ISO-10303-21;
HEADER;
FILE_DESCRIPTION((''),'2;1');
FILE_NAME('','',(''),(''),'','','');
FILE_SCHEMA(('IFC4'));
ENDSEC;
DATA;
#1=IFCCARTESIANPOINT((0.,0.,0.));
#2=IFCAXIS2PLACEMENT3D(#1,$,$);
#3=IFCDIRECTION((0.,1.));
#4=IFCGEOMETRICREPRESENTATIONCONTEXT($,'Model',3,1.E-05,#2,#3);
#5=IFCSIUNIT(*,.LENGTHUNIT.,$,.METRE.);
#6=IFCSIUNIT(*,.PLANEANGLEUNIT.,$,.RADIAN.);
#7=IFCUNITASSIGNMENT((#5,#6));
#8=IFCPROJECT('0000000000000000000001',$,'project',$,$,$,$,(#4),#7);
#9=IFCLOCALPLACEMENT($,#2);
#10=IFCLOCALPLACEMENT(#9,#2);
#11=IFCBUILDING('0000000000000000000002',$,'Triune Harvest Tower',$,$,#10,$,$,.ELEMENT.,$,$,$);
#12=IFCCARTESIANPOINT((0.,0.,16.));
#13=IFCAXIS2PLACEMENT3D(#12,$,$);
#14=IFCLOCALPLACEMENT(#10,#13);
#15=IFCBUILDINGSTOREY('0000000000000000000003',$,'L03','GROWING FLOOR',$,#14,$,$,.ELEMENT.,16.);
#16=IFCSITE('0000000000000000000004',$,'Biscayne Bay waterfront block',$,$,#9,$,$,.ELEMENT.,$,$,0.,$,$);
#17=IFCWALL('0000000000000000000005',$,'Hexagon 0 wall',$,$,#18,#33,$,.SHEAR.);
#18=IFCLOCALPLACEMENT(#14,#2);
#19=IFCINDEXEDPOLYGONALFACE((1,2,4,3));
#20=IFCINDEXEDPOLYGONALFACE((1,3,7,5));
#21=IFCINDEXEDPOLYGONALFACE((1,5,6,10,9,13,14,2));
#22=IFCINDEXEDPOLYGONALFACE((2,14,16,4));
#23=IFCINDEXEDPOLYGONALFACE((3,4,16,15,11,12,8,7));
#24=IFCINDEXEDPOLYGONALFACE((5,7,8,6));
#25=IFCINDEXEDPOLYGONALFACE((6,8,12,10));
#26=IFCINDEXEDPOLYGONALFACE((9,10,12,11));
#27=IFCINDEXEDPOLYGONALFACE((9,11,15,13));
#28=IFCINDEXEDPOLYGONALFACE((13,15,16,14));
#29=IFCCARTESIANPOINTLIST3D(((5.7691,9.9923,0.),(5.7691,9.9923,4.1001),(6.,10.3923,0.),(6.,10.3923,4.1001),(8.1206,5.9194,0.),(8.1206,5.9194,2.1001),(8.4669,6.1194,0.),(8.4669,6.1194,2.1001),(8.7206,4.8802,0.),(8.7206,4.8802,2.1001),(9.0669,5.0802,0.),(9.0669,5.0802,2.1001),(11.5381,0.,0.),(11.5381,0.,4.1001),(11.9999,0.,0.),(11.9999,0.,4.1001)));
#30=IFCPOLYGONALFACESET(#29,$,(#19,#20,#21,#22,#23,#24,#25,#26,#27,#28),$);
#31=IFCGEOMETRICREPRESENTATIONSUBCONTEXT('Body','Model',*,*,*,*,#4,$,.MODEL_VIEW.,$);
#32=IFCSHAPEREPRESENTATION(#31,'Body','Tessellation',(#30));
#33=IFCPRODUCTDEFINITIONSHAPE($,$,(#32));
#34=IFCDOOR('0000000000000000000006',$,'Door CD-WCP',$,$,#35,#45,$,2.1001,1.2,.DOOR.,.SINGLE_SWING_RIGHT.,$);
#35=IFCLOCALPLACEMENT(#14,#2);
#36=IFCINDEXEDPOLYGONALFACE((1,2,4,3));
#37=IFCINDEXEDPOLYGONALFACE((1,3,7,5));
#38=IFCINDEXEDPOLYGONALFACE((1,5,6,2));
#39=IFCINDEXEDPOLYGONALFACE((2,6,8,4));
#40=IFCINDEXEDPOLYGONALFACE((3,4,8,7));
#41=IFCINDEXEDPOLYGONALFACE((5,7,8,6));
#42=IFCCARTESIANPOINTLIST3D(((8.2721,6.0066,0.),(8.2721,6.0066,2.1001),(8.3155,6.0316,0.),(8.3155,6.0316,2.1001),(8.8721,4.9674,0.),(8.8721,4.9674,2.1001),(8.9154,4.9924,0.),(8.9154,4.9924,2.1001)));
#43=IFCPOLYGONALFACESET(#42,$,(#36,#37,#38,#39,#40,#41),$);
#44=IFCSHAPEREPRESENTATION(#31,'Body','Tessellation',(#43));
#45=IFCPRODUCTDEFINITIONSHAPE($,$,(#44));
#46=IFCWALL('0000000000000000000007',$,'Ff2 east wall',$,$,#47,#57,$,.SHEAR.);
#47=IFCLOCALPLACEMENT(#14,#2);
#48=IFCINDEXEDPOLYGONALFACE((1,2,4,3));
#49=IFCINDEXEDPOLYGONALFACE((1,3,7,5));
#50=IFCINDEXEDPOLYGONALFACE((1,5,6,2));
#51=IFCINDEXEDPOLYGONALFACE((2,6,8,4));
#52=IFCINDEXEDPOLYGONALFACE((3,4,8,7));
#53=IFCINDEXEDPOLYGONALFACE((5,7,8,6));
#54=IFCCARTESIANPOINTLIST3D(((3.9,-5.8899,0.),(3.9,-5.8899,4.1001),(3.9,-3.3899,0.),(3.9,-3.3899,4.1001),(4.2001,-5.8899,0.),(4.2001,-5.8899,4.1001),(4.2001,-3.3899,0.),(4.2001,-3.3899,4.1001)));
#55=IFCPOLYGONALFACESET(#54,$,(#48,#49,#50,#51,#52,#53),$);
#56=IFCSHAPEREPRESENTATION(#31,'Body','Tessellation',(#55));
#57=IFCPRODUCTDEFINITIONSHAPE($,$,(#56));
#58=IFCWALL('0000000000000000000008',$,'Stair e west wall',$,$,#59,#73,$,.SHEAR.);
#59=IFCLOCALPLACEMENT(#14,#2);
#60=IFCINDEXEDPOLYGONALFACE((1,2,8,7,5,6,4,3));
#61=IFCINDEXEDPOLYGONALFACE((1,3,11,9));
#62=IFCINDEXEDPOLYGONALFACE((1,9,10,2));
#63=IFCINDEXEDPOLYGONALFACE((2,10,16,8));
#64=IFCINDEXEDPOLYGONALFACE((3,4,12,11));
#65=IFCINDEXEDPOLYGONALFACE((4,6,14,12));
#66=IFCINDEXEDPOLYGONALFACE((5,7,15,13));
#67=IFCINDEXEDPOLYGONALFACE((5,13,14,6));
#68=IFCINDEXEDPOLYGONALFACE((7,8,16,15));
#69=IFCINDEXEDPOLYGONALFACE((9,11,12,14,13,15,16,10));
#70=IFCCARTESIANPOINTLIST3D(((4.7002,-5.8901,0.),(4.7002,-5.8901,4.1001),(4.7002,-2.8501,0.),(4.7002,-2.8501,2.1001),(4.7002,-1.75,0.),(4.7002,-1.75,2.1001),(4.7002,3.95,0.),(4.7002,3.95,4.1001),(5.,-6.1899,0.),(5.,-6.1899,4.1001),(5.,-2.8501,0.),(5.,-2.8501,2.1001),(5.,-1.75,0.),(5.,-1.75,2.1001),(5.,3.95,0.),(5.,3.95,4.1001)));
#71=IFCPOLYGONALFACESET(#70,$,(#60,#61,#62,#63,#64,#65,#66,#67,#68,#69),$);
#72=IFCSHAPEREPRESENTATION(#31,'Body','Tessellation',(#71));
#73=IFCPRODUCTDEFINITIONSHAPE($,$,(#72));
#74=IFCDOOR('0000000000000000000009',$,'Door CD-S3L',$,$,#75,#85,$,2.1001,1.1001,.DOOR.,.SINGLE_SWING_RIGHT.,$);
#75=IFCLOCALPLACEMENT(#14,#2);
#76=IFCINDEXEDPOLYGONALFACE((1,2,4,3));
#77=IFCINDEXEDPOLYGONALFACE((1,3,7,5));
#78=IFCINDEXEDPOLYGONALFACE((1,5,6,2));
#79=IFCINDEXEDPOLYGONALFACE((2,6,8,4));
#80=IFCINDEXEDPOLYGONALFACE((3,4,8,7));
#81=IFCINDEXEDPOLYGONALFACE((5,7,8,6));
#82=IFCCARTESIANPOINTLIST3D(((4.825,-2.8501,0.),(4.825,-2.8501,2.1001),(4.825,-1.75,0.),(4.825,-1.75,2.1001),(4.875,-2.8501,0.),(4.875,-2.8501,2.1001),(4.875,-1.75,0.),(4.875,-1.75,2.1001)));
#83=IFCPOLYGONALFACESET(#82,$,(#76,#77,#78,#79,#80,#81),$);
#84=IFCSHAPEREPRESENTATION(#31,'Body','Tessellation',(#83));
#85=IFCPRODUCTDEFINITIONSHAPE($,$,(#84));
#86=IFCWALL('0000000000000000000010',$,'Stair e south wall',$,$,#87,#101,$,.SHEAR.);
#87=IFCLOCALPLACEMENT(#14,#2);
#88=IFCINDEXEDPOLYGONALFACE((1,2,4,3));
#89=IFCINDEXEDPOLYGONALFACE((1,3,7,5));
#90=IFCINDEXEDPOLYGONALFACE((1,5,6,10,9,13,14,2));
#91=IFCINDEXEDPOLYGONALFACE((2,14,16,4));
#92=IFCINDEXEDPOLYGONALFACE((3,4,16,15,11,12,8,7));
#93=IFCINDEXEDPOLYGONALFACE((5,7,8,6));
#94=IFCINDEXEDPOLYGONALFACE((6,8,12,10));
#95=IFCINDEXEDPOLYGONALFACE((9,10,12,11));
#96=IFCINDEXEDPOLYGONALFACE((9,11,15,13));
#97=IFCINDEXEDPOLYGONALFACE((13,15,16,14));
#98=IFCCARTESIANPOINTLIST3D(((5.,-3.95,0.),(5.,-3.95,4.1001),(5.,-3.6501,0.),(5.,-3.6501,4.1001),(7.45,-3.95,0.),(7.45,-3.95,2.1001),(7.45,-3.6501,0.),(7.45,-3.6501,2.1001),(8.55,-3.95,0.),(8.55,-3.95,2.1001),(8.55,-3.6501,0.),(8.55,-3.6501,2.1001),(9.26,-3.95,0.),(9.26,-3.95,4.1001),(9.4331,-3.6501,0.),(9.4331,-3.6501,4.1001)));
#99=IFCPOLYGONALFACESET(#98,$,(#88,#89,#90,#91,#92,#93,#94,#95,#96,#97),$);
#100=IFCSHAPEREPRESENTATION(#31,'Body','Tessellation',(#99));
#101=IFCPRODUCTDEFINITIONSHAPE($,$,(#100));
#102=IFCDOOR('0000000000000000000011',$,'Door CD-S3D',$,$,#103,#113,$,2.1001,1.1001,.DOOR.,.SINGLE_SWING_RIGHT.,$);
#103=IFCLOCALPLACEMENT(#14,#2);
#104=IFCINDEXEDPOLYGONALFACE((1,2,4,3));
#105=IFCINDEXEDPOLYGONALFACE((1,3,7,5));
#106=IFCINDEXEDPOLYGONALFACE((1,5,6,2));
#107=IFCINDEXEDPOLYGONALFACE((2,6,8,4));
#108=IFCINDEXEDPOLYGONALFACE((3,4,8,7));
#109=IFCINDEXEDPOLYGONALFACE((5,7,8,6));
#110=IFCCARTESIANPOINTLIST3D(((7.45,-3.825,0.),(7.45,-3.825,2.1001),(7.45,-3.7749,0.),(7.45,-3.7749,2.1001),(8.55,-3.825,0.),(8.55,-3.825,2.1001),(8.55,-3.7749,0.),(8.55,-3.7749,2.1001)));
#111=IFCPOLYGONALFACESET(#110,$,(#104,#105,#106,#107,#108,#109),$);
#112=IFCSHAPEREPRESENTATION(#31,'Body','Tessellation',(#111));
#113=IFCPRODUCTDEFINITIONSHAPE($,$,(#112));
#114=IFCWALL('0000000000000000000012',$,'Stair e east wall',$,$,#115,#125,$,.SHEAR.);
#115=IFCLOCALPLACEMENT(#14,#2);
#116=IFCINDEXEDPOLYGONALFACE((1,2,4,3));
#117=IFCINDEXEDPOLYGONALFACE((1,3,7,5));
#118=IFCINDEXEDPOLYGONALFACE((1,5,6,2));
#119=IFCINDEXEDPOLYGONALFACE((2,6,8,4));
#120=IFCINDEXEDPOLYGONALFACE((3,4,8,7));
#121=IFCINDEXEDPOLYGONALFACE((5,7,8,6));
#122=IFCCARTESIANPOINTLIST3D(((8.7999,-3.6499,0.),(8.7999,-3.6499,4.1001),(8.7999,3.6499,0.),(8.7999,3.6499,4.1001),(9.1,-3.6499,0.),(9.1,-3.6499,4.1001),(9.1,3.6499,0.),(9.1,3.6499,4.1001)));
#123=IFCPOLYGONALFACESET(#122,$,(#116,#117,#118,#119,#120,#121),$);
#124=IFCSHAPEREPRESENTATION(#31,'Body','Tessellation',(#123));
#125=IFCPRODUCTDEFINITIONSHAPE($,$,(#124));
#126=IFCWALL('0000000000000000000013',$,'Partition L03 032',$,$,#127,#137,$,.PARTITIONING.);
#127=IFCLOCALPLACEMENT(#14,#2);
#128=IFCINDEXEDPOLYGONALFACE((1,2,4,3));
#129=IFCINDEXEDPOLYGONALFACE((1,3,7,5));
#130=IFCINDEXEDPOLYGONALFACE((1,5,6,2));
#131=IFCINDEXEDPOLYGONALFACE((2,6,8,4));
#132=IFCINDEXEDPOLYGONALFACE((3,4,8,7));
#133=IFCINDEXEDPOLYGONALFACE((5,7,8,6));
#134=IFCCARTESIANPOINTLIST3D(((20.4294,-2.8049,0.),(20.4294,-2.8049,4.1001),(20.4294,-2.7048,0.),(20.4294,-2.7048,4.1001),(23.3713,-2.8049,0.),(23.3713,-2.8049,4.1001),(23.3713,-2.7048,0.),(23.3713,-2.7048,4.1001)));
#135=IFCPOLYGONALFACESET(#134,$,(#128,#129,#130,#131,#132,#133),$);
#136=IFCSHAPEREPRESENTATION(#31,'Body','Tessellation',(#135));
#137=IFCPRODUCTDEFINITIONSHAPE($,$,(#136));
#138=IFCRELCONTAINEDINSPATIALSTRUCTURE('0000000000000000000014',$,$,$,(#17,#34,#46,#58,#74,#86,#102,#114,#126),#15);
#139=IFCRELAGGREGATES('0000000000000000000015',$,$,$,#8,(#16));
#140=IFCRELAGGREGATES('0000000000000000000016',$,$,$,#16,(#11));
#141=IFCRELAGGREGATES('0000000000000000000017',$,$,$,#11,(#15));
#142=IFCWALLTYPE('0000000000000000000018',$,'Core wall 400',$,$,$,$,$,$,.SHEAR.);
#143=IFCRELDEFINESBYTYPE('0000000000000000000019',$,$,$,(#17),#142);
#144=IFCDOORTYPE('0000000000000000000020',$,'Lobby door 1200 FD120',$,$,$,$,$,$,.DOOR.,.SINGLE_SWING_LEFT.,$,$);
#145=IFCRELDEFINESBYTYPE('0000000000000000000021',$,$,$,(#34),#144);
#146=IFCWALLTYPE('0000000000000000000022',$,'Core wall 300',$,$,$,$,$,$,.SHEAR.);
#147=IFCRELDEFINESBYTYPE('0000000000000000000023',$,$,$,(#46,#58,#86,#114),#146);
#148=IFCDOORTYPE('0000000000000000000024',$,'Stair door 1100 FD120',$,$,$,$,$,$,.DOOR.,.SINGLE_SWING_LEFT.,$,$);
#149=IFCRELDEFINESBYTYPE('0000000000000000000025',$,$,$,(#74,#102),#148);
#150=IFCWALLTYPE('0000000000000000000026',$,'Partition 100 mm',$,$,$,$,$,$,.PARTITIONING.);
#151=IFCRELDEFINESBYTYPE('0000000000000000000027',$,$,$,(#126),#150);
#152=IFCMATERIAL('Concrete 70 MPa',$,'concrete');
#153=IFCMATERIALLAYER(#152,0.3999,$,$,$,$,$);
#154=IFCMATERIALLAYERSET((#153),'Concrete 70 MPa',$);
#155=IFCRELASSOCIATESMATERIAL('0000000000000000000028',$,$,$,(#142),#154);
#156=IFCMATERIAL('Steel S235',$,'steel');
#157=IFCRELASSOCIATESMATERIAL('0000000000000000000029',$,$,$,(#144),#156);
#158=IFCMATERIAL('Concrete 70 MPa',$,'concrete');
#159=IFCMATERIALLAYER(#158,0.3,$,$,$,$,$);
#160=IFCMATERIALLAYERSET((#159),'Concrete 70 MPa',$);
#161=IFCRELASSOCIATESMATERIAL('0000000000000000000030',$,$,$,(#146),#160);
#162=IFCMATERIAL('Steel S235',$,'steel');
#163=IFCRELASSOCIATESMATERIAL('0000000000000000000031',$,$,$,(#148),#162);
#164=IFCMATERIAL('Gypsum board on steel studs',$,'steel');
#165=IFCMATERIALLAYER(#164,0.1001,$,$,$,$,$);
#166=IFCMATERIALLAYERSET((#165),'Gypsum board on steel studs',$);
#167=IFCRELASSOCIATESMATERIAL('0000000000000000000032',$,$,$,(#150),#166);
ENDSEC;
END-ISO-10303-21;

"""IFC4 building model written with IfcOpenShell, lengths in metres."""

from ifc_helpers import new_model, si_unit, direction, frame, frame_2d, origin, place, context, subcontext, project, spatial, polyline, rectangle, outline, extrude, source, transform, mapped, material, layer, layer_set, type_object, element, fill, save


model = new_model("IFC4")

# Units and contexts
model_context = context("Model", 3, precision=1e-05, world=origin(), true_north=direction((0.0, 1.0)))
body_context = subcontext(model_context, "Body", "Model", "MODEL_VIEW")
ifc_project = project(units=[si_unit("LENGTHUNIT", "METRE"), si_unit("PLANEANGLEUNIT", "RADIAN")], contexts=[model_context])

# Site, building, storey
site_placement = place(None, origin())
site = spatial("IfcSite", under=ifc_project, at=site_placement, Name="Biscayne Bay waterfront block", CompositionType="ELEMENT", RefElevation=0.0)
building_placement = place(site_placement, origin())
building = spatial("IfcBuilding", under=site, at=building_placement, Name="Triune Harvest Tower", CompositionType="ELEMENT")
storey_placement = place(building_placement, frame((0.0, 0.0, 16.0)))
storey = spatial("IfcBuildingStorey", under=building, at=storey_placement, Name="L03", Description="GROWING FLOOR", CompositionType="ELEMENT", Elevation=16.0)

# Wall, opening, door
ifc_material_1 = material(Name="Concrete 70 MPa", Category="concrete")
ifc_layer_1 = layer(ifc_material_1, 0.3999)
ifc_layer_set_1 = layer_set([ifc_layer_1], Name="Concrete 70 MPa")
wall_type_1 = type_object("IfcWallType", Name="Core wall 400", PredefinedType="SHEAR", material=ifc_layer_set_1)
shared_shape_1 = source(origin(), body_context, "Body", "SweptSolid", [
    extrude(outline(polyline([(-0.1155, -0.2), (11.8845, -0.2), (11.6536, 0.2), (0.1155, 0.2), (-0.1155, -0.2)])), origin(), (0.0, 0.0, 1.0), 4.1001),
])
wall_1_placement = place(storey_placement, frame((11.769, 0.0, 0.0), z_axis=(0.0, 0.0, 1.0), x_axis=(-0.499997, 0.866027, 0.0)))
wall_1 = element("IfcWall", 1, at=wall_1_placement, inside=storey, type_object=wall_type_1, Name="Hexagon 0 wall", PredefinedType="SHEAR", context=body_context, shape_type="MappedRepresentation", body=[
    mapped(shared_shape_1, transform((0.0, 0.0, 0.0), scale=1.0)),
])
opening_1_placement = place(wall_1_placement, frame((5.7505, 0.0, 0.0)))
opening_1 = element("IfcOpeningElement", 2, at=opening_1_placement, cuts=wall_1, PredefinedType="OPENING", context=body_context, shape_type="SweptSolid", body=[
    extrude(rectangle(XDim=1.2, YDim=2.1001, at=frame_2d((0.6001, 1.05))), frame((0.0, 0.21, 0.0), z_axis=(0.0, -1.0, 0.0), x_axis=(1.0, 0.0, 0.0)), (0.0, 0.0, 1.0), 0.4199),
])
ifc_material_2 = material(Name="Steel S235", Category="steel")
door_type_1 = type_object("IfcDoorType", Name="Lobby door 1200 FD120", OperationType="SINGLE_SWING_LEFT", PredefinedType="DOOR", material=ifc_material_2)
door_1_placement = place(opening_1_placement, frame((1.2, 0.0, 0.0), z_axis=(0.0, 0.0, 1.0), x_axis=(-1.0, 0.0, 0.0)))
door_1 = element("IfcDoor", 3, at=door_1_placement, inside=storey, type_object=door_type_1, Name="Door CD-WCP", OperationType="SINGLE_SWING_RIGHT", OverallHeight=2.1001, OverallWidth=1.2, PredefinedType="DOOR", context=body_context, shape_type="SweptSolid", body=[
    extrude(rectangle(XDim=1.2, YDim=2.1001, at=frame_2d((0.6001, 1.05))), frame((0.0, 0.0249, 0.0), z_axis=(0.0, -1.0, 0.0), x_axis=(1.0, 0.0, 0.0)), (0.0, 0.0, 1.0), 0.05),
])
fill(opening_1, door_1)

# Wall
ifc_material_3 = material(Name="Concrete 70 MPa", Category="concrete")
ifc_layer_2 = layer(ifc_material_3, 0.3)
ifc_layer_set_2 = layer_set([ifc_layer_2], Name="Concrete 70 MPa")
wall_type_2 = type_object("IfcWallType", Name="Core wall 300", PredefinedType="SHEAR", material=ifc_layer_set_2)
shared_shape_2 = source(origin(), body_context, "Body", "SweptSolid", [
    extrude(rectangle(XDim=2.5, YDim=0.3, at=frame_2d((1.25, 0.0))), origin(), (0.0, 0.0, 1.0), 4.1001),
])
wall_2_placement = place(storey_placement, frame((4.05, -5.8899, 0.0), z_axis=(0.0, 0.0, 1.0), x_axis=(0.0, 1.0, 0.0)))
element("IfcWall", 4, at=wall_2_placement, inside=storey, type_object=wall_type_2, Name="Ff2 east wall", PredefinedType="SHEAR", context=body_context, shape_type="MappedRepresentation", body=[
    mapped(shared_shape_2, transform((0.0, 0.0, 0.0), scale=1.0)),
])

# Walls, openings, doors
shared_shape_3 = source(origin(), body_context, "Body", "SweptSolid", [
    extrude(outline(polyline([(-0.1499, -0.1499), (9.99, -0.1499), (9.99, 0.1499), (0.1499, 0.1499), (-0.1499, -0.1499)])), origin(), (0.0, 0.0, 1.0), 4.1001),
])
wall_3_placement = place(storey_placement, frame((4.8501, -6.04, 0.0), z_axis=(0.0, 0.0, 1.0), x_axis=(0.0, 1.0, 0.0)))
wall_3 = element("IfcWall", 5, at=wall_3_placement, inside=storey, type_object=wall_type_2, Name="Stair e west wall", PredefinedType="SHEAR", context=body_context, shape_type="MappedRepresentation", body=[
    mapped(shared_shape_3, transform((0.0, 0.0, 0.0), scale=1.0)),
])
opening_2_placement = place(wall_3_placement, frame((3.1899, 0.0, 0.0)))
opening_2 = element("IfcOpeningElement", 6, at=opening_2_placement, cuts=wall_3, PredefinedType="OPENING", context=body_context, shape_type="SweptSolid", body=[
    extrude(rectangle(XDim=1.1001, YDim=2.1001, at=frame_2d((0.55, 1.05))), frame((0.0, 0.1602, 0.0), z_axis=(0.0, -1.0, 0.0), x_axis=(1.0, 0.0, 0.0)), (0.0, 0.0, 1.0), 0.3201),
])
ifc_material_4 = material(Name="Steel S235", Category="steel")
door_type_2 = type_object("IfcDoorType", Name="Stair door 1100 FD120", OperationType="SINGLE_SWING_LEFT", PredefinedType="DOOR", material=ifc_material_4)
door_2_placement = place(opening_2_placement, frame((1.1001, 0.0, 0.0), z_axis=(0.0, 0.0, 1.0), x_axis=(-1.0, 0.0, 0.0)))
door_2 = element("IfcDoor", 7, at=door_2_placement, inside=storey, type_object=door_type_2, Name="Door CD-S3L", OperationType="SINGLE_SWING_RIGHT", OverallHeight=2.1001, OverallWidth=1.1001, PredefinedType="DOOR", context=body_context, shape_type="SweptSolid", body=[
    extrude(rectangle(XDim=1.1001, YDim=2.1001, at=frame_2d((0.55, 1.05))), frame((0.0, 0.0249, 0.0), z_axis=(0.0, -1.0, 0.0), x_axis=(1.0, 0.0, 0.0)), (0.0, 0.0, 1.0), 0.05),
])
fill(opening_2, door_2)
shared_shape_4 = source(origin(), body_context, "Body", "SweptSolid", [
    extrude(outline(polyline([(0.0, -0.1499), (0.0, 0.1499), (4.4331, 0.1499), (4.26, -0.1499), (0.0, -0.1499)])), origin(), (0.0, 0.0, 1.0), 4.1001),
])
wall_4_placement = place(storey_placement, frame((5.0, -3.8, 0.0), z_axis=(0.0, 0.0, 1.0), x_axis=(1.0, 0.0, 0.0)))
wall_4 = element("IfcWall", 8, at=wall_4_placement, inside=storey, type_object=wall_type_2, Name="Stair e south wall", PredefinedType="SHEAR", context=body_context, shape_type="MappedRepresentation", body=[
    mapped(shared_shape_4, transform((0.0, 0.0, 0.0), scale=1.0)),
])
opening_3_placement = place(wall_4_placement, frame((2.45, 0.0, 0.0)))
opening_3 = element("IfcOpeningElement", 9, at=opening_3_placement, cuts=wall_4, PredefinedType="OPENING", context=body_context, shape_type="SweptSolid", body=[
    extrude(rectangle(XDim=1.1001, YDim=2.1001, at=frame_2d((0.55, 1.05))), frame((0.0, 0.1602, 0.0), z_axis=(0.0, -1.0, 0.0), x_axis=(1.0, 0.0, 0.0)), (0.0, 0.0, 1.0), 0.3201),
])
door_3_placement = place(opening_3_placement, frame((1.1001, 0.0, 0.0), z_axis=(0.0, 0.0, 1.0), x_axis=(-1.0, 0.0, 0.0)))
door_3 = element("IfcDoor", 10, at=door_3_placement, inside=storey, type_object=door_type_2, Name="Door CD-S3D", OperationType="SINGLE_SWING_RIGHT", OverallHeight=2.1001, OverallWidth=1.1001, PredefinedType="DOOR", context=body_context, shape_type="SweptSolid", body=[
    extrude(rectangle(XDim=1.1001, YDim=2.1001, at=frame_2d((0.55, 1.05))), frame((0.0, 0.0249, 0.0), z_axis=(0.0, -1.0, 0.0), x_axis=(1.0, 0.0, 0.0)), (0.0, 0.0, 1.0), 0.05),
])
fill(opening_3, door_3)

# Walls
shared_shape_5 = source(origin(), body_context, "Body", "SweptSolid", [
    extrude(rectangle(XDim=7.2998, YDim=0.3, at=frame_2d((3.6499, 0.0))), origin(), (0.0, 0.0, 1.0), 4.1001),
])
wall_5_placement = place(storey_placement, frame((8.95, -3.6499, 0.0), z_axis=(0.0, 0.0, 1.0), x_axis=(0.0, 1.0, 0.0)))
element("IfcWall", 11, at=wall_5_placement, inside=storey, type_object=wall_type_2, Name="Stair e east wall", PredefinedType="SHEAR", context=body_context, shape_type="MappedRepresentation", body=[
    mapped(shared_shape_5, transform((0.0, 0.0, 0.0), scale=1.0)),
])
ifc_material_5 = material(Name="Gypsum board on steel studs", Category="steel")
ifc_layer_3 = layer(ifc_material_5, 0.1001)
ifc_layer_set_3 = layer_set([ifc_layer_3], Name="Gypsum board on steel studs")
wall_type_3 = type_object("IfcWallType", Name="Partition 100 mm", PredefinedType="PARTITIONING", material=ifc_layer_set_3)
shared_shape_6 = source(origin(), body_context, "Body", "SweptSolid", [
    extrude(rectangle(XDim=2.9419, YDim=0.1001, at=frame_2d((1.4709, 0.0))), origin(), (0.0, 0.0, 1.0), 4.1001),
])
wall_6_placement = place(storey_placement, frame((20.4294, -2.7549, 0.0), z_axis=(0.0, 0.0, 1.0), x_axis=(1.0, 0.0, 0.0)))
element("IfcWall", 12, at=wall_6_placement, inside=storey, type_object=wall_type_3, Name="Partition L03 032", PredefinedType="PARTITIONING", context=body_context, shape_type="MappedRepresentation", body=[
    mapped(shared_shape_6, transform((0.0, 0.0, 0.0), scale=1.0)),
])

save(model, "model.ifc")
